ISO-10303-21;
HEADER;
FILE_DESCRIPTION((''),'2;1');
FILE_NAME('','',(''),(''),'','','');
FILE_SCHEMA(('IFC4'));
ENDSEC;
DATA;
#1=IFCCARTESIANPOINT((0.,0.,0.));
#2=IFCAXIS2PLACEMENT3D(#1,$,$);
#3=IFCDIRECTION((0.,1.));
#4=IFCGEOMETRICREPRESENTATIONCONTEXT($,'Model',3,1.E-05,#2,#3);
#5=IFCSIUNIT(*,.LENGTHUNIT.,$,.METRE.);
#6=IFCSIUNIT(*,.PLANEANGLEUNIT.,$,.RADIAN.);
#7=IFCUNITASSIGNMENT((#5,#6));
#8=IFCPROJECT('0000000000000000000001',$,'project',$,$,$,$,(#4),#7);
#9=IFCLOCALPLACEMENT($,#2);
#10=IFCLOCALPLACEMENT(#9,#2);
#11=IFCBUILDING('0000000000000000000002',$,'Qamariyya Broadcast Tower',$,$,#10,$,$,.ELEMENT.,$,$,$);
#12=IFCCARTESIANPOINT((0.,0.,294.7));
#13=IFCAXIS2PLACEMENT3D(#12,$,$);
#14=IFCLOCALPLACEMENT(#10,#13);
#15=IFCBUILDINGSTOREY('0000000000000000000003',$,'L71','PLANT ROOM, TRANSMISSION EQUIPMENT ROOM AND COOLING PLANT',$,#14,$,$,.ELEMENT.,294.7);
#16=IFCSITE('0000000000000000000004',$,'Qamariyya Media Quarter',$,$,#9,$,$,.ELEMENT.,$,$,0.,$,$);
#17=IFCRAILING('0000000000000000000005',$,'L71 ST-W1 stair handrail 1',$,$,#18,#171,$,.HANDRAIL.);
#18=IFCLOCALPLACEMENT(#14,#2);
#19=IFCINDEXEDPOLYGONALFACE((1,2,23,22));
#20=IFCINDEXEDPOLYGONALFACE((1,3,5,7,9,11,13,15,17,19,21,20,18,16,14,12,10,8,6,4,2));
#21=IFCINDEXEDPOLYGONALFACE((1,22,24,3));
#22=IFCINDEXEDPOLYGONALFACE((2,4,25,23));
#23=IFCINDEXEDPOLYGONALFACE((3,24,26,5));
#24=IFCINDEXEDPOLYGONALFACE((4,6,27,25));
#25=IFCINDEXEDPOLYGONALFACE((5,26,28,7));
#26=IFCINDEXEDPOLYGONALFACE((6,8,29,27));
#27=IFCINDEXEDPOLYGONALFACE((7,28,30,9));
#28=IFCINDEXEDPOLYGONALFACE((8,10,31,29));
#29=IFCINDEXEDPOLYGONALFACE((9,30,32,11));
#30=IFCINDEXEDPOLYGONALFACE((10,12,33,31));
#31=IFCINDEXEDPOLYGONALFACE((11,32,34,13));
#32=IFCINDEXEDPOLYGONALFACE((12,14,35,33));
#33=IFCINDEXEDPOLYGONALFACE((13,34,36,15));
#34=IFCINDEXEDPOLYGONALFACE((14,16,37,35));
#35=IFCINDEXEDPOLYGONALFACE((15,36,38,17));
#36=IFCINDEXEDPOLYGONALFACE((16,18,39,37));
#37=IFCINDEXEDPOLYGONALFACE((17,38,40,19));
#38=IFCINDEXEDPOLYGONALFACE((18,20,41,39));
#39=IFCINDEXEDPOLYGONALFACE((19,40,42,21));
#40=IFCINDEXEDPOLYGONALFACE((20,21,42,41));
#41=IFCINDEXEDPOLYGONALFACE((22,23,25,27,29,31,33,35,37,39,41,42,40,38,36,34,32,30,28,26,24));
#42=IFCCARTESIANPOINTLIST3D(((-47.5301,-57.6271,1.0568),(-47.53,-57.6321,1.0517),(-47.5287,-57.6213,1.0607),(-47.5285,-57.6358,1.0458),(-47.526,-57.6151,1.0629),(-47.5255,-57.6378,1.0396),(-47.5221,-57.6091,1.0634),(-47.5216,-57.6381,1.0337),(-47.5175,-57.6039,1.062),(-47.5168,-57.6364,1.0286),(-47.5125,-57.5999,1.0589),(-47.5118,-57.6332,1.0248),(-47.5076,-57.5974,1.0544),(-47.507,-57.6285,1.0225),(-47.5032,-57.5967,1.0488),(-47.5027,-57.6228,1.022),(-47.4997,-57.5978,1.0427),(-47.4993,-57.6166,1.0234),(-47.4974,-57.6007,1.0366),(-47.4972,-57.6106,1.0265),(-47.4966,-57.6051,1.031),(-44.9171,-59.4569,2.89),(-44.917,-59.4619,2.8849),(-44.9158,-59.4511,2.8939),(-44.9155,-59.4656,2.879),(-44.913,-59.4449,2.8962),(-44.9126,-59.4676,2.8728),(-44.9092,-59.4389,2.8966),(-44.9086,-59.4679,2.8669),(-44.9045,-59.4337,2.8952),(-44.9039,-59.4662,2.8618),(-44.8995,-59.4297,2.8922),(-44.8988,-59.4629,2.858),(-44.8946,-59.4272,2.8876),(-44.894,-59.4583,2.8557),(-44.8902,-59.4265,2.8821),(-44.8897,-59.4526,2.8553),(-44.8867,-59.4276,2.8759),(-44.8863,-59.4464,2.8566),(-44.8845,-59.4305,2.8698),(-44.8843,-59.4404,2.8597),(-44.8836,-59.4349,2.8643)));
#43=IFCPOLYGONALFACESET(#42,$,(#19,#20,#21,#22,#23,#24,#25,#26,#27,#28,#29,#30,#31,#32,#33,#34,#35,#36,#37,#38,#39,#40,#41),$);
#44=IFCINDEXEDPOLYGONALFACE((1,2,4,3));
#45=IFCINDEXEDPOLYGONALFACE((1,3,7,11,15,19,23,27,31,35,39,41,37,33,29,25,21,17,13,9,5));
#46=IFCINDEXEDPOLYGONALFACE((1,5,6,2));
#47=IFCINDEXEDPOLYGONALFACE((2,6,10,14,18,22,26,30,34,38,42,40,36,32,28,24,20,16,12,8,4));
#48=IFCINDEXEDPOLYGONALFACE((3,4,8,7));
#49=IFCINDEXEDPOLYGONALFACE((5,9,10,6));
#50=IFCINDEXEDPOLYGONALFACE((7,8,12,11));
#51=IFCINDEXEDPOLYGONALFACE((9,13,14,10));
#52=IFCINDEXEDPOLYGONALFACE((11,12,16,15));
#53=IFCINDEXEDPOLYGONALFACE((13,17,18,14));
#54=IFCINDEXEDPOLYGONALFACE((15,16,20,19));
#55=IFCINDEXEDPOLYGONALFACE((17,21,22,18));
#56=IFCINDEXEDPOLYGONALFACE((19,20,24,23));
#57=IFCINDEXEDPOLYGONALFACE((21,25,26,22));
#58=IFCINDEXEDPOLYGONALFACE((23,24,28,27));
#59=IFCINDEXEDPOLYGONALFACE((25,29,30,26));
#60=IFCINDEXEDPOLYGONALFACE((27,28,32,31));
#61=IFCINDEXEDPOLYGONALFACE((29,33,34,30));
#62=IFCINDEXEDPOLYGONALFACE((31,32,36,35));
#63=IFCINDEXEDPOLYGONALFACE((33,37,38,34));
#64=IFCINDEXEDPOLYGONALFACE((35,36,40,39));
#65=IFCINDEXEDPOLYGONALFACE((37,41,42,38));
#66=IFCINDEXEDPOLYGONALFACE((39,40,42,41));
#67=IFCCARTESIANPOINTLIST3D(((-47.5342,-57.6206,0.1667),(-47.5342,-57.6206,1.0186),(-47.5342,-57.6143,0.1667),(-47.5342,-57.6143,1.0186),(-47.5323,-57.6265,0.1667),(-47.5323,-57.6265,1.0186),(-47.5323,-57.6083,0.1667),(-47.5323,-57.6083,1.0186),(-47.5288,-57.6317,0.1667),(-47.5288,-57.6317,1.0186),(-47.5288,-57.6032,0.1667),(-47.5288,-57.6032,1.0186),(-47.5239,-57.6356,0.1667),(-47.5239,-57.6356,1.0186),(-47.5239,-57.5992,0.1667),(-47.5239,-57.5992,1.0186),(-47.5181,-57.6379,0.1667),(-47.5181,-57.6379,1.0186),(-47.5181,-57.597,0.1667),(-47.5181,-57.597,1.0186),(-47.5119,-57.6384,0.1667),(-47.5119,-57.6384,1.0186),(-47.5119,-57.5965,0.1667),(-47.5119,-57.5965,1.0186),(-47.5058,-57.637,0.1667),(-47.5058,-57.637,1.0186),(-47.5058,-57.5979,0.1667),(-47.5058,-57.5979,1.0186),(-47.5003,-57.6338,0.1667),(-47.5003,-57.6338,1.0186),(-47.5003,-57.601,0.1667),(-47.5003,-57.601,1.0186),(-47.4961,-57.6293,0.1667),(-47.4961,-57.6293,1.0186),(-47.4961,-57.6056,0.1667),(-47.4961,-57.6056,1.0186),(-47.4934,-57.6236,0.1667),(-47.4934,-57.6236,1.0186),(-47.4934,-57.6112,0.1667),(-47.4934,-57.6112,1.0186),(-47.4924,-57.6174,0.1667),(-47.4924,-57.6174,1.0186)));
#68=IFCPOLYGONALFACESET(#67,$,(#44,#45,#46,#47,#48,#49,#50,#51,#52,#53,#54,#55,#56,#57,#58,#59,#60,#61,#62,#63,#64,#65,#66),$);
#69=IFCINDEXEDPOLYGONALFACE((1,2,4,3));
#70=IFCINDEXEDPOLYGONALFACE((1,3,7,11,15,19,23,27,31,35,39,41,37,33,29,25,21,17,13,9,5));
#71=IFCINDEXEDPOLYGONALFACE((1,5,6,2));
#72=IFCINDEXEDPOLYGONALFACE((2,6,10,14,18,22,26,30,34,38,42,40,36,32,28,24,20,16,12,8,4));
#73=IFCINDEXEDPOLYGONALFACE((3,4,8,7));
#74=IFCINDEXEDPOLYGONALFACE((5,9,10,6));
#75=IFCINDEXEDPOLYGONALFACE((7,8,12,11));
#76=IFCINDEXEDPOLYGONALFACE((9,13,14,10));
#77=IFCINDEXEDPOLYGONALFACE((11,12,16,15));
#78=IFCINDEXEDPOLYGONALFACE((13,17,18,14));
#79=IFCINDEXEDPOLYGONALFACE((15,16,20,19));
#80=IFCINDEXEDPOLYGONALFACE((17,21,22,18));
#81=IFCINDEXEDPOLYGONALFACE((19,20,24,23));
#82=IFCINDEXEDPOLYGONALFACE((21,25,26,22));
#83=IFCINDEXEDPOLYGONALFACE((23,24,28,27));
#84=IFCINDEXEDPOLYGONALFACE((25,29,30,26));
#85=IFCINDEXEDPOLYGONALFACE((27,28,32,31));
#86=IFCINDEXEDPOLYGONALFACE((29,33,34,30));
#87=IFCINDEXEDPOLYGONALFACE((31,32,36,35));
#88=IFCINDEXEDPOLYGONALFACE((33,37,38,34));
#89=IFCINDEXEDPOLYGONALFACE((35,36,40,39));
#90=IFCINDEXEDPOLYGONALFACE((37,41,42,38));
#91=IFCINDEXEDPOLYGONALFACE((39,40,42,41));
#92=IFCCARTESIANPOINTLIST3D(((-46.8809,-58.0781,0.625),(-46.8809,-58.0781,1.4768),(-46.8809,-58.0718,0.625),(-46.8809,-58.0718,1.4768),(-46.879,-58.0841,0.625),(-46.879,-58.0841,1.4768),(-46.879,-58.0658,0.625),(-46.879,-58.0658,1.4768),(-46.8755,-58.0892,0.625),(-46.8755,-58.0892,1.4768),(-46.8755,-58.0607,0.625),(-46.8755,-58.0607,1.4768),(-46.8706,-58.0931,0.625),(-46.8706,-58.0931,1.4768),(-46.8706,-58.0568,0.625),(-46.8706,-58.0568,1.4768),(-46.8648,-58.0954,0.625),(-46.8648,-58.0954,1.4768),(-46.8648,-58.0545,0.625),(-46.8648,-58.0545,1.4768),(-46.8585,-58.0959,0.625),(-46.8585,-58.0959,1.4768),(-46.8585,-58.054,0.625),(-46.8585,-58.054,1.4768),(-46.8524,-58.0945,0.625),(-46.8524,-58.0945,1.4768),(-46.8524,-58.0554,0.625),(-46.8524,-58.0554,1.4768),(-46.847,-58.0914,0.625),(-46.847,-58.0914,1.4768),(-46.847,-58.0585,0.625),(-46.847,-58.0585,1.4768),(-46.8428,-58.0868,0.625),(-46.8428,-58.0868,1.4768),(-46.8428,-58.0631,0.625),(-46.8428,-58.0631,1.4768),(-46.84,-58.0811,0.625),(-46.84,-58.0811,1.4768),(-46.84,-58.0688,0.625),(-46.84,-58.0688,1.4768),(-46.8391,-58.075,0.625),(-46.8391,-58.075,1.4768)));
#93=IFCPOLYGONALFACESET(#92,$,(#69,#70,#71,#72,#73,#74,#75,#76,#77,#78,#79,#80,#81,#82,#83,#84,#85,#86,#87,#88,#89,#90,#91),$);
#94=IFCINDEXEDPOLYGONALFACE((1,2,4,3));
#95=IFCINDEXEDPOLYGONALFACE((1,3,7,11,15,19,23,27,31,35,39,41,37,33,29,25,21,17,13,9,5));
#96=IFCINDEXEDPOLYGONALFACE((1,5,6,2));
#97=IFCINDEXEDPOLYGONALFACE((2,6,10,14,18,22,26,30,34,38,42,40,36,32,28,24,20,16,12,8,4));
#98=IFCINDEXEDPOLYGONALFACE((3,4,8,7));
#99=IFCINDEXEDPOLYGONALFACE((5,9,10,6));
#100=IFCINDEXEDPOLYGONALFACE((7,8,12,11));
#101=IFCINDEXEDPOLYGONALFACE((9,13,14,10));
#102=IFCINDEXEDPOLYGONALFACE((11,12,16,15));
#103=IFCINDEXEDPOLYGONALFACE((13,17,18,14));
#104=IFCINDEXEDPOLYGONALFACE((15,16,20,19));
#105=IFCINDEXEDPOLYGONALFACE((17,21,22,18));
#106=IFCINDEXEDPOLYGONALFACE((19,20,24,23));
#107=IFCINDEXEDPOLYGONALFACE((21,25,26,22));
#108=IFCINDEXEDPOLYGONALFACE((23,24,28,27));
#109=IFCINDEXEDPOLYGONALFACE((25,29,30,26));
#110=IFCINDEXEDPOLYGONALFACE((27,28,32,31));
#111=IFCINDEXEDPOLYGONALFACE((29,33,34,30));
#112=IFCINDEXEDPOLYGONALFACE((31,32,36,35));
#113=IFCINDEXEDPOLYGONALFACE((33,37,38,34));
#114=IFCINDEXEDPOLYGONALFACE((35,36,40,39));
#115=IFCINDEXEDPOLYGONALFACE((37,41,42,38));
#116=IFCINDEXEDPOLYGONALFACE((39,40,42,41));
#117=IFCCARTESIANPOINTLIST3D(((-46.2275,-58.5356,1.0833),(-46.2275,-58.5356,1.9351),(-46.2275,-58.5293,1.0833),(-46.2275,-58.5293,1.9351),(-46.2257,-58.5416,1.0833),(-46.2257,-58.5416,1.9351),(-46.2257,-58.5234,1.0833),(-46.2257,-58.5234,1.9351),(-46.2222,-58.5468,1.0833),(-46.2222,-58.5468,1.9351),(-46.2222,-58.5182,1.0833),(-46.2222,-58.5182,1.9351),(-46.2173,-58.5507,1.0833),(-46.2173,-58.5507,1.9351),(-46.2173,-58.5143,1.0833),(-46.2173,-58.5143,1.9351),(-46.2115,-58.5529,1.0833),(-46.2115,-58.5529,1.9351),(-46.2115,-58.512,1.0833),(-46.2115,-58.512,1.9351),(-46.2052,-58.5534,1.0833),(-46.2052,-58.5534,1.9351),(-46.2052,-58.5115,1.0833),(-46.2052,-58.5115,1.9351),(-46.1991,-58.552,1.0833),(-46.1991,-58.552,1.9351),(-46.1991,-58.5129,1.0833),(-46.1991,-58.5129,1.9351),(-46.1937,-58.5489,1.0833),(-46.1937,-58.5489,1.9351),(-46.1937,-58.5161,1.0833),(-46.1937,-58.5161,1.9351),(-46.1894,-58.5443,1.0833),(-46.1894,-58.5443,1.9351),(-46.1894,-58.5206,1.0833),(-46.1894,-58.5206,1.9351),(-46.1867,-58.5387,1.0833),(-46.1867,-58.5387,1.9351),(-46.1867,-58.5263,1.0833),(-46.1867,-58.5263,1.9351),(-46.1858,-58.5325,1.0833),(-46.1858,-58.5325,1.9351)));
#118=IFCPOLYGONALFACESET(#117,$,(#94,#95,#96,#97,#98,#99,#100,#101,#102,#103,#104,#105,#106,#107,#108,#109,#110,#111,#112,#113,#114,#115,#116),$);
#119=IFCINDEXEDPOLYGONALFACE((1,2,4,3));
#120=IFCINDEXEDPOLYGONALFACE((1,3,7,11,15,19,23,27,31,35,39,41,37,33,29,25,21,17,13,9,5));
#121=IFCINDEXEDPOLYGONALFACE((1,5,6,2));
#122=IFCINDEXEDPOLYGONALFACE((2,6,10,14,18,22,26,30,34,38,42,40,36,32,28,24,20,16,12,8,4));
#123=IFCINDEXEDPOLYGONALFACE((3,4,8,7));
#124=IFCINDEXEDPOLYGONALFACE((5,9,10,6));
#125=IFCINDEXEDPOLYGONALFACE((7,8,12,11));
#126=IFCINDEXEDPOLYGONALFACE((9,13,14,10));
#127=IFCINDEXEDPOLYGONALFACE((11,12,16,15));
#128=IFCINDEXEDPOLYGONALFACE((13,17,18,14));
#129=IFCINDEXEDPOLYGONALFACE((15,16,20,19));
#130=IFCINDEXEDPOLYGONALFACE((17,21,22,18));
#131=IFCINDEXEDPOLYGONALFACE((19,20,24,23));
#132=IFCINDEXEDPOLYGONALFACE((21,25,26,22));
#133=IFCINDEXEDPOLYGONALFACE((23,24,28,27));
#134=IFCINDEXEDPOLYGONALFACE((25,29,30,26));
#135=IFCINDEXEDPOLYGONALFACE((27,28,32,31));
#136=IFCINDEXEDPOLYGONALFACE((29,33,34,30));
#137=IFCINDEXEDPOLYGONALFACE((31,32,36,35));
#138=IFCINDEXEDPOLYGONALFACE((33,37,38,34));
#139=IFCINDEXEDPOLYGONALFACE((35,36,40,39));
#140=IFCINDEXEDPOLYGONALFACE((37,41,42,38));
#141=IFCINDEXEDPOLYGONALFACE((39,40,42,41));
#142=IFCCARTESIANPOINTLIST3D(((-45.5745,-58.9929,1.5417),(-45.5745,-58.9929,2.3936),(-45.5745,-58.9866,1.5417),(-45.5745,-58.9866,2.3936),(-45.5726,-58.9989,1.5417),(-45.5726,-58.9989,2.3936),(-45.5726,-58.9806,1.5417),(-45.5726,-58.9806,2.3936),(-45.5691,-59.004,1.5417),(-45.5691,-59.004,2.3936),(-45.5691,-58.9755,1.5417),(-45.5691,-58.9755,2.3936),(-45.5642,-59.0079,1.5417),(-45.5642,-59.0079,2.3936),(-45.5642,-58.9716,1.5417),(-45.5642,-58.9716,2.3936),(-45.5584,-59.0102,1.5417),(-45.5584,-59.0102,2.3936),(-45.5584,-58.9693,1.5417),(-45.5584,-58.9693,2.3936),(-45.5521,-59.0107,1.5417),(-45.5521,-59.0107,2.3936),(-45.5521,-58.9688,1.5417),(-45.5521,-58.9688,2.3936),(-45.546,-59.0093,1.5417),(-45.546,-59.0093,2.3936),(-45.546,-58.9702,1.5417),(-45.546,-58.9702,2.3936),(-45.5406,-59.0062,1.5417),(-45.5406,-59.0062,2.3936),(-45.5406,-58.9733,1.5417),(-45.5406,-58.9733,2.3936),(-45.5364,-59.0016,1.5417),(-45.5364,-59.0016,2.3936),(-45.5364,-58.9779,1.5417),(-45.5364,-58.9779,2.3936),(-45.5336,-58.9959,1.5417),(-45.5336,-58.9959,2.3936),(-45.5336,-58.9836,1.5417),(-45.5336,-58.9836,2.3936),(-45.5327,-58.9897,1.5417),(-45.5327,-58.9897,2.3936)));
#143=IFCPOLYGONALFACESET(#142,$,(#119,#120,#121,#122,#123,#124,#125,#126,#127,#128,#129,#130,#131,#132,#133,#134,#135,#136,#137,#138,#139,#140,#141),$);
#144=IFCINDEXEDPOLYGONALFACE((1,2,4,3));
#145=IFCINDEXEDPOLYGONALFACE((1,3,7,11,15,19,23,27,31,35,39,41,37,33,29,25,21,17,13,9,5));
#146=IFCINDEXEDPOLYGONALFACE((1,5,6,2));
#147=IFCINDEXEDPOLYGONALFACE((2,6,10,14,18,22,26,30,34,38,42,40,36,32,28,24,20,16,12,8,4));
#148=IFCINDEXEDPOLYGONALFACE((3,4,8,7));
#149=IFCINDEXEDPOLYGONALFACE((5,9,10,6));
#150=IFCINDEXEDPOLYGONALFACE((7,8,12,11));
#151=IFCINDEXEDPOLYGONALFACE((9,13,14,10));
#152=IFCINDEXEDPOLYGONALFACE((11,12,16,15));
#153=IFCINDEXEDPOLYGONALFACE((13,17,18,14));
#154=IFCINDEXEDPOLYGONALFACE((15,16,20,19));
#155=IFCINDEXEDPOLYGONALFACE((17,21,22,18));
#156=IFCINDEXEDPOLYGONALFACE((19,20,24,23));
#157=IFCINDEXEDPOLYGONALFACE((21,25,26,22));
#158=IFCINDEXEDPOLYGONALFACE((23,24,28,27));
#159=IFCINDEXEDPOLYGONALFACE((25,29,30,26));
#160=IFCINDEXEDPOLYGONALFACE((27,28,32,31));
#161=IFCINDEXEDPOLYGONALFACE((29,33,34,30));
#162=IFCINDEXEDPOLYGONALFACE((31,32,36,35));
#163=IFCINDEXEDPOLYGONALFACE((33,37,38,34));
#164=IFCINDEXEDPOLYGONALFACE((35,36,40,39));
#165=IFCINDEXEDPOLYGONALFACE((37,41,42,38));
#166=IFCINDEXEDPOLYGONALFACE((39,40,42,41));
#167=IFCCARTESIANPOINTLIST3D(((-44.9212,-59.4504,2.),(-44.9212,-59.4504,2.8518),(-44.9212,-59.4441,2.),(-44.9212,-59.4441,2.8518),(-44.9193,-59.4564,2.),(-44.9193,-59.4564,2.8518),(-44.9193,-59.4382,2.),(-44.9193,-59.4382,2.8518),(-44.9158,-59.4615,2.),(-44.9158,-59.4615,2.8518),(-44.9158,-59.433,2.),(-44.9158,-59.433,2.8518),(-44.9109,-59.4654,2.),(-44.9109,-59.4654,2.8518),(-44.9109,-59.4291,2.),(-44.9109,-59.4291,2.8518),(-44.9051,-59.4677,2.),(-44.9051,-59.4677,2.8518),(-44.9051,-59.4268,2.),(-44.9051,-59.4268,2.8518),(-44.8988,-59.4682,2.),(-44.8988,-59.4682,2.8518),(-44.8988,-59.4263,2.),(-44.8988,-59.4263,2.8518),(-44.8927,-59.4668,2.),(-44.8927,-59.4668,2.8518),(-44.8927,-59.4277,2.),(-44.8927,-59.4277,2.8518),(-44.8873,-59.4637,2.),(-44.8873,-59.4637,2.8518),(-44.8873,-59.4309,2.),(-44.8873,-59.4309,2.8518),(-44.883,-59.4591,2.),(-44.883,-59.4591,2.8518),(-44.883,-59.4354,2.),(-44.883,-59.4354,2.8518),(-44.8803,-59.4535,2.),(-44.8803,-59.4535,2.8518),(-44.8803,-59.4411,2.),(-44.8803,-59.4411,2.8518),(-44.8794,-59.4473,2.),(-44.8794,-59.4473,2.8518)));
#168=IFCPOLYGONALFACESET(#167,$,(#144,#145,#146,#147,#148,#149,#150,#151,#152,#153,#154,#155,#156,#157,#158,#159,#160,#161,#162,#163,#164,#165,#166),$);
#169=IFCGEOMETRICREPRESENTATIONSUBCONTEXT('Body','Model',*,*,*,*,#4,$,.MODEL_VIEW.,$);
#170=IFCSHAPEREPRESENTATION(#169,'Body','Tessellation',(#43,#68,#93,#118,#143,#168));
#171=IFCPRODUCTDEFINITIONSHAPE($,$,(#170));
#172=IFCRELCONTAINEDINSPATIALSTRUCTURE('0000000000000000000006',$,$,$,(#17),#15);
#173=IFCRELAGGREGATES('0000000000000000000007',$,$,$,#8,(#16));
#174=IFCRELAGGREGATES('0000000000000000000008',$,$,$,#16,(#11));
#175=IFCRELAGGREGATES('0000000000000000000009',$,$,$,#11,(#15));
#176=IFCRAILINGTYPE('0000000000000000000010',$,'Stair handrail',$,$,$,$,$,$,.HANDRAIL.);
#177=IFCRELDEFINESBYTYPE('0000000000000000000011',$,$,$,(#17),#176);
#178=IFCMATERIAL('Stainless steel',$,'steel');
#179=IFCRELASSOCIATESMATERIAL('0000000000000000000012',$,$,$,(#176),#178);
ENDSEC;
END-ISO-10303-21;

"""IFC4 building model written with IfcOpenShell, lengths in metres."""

from ifc_helpers import new_model, si_unit, direction, frame, origin, origin_2d, place, context, subcontext, project, spatial, circle, extrude, material, type_object, element, save


model = new_model("IFC4")

# Units and contexts
model_context = context("Model", 3, precision=1e-05, world=origin(), true_north=direction((0.0, 1.0)))
body_context = subcontext(model_context, "Body", "Model", "MODEL_VIEW")
ifc_project = project(units=[si_unit("LENGTHUNIT", "METRE"), si_unit("PLANEANGLEUNIT", "RADIAN")], contexts=[model_context])

# Site, building, storey
site_placement = place(None, origin())
site = spatial("IfcSite", under=ifc_project, at=site_placement, Name="Qamariyya Media Quarter", CompositionType="ELEMENT", RefElevation=0.0)
building_placement = place(site_placement, origin())
building = spatial("IfcBuilding", under=site, at=building_placement, Name="Qamariyya Broadcast Tower", CompositionType="ELEMENT")
storey_placement = place(building_placement, frame((0.0, 0.0, 294.7)))
storey = spatial("IfcBuildingStorey", under=building, at=storey_placement, Name="L71", Description="PLANT ROOM, TRANSMISSION EQUIPMENT ROOM AND COOLING PLANT", CompositionType="ELEMENT", Elevation=294.7)

# Railing
ifc_material_1 = material(Name="Stainless steel", Category="steel")
railing_type_1 = type_object("IfcRailingType", Name="Stair handrail", PredefinedType="HANDRAIL", material=ifc_material_1)
railing_1_placement = place(storey_placement, frame((-47.5134, -57.6174, 0.1667)))
element("IfcRailing", 1, at=railing_1_placement, inside=storey, type_object=railing_type_1, Name="L71 ST-W1 stair handrail 1", PredefinedType="HANDRAIL", context=body_context, shape_type="SweptSolid", body=[
    extrude(circle(Radius=0.0239, at=origin_2d()), frame((0.0, 0.0, 0.876), z_axis=(0.710204, -0.497335, 0.498264), x_axis=(0.573611, 0.819128, 0.0)), (0.0, 0.0, 1.0), 3.6792),
    extrude(circle(Radius=0.021, at=origin_2d()), origin(), (0.0, 0.0, 1.0), 0.8518),
    extrude(circle(Radius=0.021, at=origin_2d()), frame((0.6533, -0.4575, 0.4583)), (0.0, 0.0, 1.0), 0.8518),
    extrude(circle(Radius=0.021, at=origin_2d()), frame((1.3066, -0.915, 0.9165)), (0.0, 0.0, 1.0), 0.8518),
    extrude(circle(Radius=0.021, at=origin_2d()), frame((1.9597, -1.3723, 1.375)), (0.0, 0.0, 1.0), 0.8518),
    extrude(circle(Radius=0.021, at=origin_2d()), frame((2.613, -1.8298, 1.8333)), (0.0, 0.0, 1.0), 0.8518),
])

save(model, "model.ifc")
